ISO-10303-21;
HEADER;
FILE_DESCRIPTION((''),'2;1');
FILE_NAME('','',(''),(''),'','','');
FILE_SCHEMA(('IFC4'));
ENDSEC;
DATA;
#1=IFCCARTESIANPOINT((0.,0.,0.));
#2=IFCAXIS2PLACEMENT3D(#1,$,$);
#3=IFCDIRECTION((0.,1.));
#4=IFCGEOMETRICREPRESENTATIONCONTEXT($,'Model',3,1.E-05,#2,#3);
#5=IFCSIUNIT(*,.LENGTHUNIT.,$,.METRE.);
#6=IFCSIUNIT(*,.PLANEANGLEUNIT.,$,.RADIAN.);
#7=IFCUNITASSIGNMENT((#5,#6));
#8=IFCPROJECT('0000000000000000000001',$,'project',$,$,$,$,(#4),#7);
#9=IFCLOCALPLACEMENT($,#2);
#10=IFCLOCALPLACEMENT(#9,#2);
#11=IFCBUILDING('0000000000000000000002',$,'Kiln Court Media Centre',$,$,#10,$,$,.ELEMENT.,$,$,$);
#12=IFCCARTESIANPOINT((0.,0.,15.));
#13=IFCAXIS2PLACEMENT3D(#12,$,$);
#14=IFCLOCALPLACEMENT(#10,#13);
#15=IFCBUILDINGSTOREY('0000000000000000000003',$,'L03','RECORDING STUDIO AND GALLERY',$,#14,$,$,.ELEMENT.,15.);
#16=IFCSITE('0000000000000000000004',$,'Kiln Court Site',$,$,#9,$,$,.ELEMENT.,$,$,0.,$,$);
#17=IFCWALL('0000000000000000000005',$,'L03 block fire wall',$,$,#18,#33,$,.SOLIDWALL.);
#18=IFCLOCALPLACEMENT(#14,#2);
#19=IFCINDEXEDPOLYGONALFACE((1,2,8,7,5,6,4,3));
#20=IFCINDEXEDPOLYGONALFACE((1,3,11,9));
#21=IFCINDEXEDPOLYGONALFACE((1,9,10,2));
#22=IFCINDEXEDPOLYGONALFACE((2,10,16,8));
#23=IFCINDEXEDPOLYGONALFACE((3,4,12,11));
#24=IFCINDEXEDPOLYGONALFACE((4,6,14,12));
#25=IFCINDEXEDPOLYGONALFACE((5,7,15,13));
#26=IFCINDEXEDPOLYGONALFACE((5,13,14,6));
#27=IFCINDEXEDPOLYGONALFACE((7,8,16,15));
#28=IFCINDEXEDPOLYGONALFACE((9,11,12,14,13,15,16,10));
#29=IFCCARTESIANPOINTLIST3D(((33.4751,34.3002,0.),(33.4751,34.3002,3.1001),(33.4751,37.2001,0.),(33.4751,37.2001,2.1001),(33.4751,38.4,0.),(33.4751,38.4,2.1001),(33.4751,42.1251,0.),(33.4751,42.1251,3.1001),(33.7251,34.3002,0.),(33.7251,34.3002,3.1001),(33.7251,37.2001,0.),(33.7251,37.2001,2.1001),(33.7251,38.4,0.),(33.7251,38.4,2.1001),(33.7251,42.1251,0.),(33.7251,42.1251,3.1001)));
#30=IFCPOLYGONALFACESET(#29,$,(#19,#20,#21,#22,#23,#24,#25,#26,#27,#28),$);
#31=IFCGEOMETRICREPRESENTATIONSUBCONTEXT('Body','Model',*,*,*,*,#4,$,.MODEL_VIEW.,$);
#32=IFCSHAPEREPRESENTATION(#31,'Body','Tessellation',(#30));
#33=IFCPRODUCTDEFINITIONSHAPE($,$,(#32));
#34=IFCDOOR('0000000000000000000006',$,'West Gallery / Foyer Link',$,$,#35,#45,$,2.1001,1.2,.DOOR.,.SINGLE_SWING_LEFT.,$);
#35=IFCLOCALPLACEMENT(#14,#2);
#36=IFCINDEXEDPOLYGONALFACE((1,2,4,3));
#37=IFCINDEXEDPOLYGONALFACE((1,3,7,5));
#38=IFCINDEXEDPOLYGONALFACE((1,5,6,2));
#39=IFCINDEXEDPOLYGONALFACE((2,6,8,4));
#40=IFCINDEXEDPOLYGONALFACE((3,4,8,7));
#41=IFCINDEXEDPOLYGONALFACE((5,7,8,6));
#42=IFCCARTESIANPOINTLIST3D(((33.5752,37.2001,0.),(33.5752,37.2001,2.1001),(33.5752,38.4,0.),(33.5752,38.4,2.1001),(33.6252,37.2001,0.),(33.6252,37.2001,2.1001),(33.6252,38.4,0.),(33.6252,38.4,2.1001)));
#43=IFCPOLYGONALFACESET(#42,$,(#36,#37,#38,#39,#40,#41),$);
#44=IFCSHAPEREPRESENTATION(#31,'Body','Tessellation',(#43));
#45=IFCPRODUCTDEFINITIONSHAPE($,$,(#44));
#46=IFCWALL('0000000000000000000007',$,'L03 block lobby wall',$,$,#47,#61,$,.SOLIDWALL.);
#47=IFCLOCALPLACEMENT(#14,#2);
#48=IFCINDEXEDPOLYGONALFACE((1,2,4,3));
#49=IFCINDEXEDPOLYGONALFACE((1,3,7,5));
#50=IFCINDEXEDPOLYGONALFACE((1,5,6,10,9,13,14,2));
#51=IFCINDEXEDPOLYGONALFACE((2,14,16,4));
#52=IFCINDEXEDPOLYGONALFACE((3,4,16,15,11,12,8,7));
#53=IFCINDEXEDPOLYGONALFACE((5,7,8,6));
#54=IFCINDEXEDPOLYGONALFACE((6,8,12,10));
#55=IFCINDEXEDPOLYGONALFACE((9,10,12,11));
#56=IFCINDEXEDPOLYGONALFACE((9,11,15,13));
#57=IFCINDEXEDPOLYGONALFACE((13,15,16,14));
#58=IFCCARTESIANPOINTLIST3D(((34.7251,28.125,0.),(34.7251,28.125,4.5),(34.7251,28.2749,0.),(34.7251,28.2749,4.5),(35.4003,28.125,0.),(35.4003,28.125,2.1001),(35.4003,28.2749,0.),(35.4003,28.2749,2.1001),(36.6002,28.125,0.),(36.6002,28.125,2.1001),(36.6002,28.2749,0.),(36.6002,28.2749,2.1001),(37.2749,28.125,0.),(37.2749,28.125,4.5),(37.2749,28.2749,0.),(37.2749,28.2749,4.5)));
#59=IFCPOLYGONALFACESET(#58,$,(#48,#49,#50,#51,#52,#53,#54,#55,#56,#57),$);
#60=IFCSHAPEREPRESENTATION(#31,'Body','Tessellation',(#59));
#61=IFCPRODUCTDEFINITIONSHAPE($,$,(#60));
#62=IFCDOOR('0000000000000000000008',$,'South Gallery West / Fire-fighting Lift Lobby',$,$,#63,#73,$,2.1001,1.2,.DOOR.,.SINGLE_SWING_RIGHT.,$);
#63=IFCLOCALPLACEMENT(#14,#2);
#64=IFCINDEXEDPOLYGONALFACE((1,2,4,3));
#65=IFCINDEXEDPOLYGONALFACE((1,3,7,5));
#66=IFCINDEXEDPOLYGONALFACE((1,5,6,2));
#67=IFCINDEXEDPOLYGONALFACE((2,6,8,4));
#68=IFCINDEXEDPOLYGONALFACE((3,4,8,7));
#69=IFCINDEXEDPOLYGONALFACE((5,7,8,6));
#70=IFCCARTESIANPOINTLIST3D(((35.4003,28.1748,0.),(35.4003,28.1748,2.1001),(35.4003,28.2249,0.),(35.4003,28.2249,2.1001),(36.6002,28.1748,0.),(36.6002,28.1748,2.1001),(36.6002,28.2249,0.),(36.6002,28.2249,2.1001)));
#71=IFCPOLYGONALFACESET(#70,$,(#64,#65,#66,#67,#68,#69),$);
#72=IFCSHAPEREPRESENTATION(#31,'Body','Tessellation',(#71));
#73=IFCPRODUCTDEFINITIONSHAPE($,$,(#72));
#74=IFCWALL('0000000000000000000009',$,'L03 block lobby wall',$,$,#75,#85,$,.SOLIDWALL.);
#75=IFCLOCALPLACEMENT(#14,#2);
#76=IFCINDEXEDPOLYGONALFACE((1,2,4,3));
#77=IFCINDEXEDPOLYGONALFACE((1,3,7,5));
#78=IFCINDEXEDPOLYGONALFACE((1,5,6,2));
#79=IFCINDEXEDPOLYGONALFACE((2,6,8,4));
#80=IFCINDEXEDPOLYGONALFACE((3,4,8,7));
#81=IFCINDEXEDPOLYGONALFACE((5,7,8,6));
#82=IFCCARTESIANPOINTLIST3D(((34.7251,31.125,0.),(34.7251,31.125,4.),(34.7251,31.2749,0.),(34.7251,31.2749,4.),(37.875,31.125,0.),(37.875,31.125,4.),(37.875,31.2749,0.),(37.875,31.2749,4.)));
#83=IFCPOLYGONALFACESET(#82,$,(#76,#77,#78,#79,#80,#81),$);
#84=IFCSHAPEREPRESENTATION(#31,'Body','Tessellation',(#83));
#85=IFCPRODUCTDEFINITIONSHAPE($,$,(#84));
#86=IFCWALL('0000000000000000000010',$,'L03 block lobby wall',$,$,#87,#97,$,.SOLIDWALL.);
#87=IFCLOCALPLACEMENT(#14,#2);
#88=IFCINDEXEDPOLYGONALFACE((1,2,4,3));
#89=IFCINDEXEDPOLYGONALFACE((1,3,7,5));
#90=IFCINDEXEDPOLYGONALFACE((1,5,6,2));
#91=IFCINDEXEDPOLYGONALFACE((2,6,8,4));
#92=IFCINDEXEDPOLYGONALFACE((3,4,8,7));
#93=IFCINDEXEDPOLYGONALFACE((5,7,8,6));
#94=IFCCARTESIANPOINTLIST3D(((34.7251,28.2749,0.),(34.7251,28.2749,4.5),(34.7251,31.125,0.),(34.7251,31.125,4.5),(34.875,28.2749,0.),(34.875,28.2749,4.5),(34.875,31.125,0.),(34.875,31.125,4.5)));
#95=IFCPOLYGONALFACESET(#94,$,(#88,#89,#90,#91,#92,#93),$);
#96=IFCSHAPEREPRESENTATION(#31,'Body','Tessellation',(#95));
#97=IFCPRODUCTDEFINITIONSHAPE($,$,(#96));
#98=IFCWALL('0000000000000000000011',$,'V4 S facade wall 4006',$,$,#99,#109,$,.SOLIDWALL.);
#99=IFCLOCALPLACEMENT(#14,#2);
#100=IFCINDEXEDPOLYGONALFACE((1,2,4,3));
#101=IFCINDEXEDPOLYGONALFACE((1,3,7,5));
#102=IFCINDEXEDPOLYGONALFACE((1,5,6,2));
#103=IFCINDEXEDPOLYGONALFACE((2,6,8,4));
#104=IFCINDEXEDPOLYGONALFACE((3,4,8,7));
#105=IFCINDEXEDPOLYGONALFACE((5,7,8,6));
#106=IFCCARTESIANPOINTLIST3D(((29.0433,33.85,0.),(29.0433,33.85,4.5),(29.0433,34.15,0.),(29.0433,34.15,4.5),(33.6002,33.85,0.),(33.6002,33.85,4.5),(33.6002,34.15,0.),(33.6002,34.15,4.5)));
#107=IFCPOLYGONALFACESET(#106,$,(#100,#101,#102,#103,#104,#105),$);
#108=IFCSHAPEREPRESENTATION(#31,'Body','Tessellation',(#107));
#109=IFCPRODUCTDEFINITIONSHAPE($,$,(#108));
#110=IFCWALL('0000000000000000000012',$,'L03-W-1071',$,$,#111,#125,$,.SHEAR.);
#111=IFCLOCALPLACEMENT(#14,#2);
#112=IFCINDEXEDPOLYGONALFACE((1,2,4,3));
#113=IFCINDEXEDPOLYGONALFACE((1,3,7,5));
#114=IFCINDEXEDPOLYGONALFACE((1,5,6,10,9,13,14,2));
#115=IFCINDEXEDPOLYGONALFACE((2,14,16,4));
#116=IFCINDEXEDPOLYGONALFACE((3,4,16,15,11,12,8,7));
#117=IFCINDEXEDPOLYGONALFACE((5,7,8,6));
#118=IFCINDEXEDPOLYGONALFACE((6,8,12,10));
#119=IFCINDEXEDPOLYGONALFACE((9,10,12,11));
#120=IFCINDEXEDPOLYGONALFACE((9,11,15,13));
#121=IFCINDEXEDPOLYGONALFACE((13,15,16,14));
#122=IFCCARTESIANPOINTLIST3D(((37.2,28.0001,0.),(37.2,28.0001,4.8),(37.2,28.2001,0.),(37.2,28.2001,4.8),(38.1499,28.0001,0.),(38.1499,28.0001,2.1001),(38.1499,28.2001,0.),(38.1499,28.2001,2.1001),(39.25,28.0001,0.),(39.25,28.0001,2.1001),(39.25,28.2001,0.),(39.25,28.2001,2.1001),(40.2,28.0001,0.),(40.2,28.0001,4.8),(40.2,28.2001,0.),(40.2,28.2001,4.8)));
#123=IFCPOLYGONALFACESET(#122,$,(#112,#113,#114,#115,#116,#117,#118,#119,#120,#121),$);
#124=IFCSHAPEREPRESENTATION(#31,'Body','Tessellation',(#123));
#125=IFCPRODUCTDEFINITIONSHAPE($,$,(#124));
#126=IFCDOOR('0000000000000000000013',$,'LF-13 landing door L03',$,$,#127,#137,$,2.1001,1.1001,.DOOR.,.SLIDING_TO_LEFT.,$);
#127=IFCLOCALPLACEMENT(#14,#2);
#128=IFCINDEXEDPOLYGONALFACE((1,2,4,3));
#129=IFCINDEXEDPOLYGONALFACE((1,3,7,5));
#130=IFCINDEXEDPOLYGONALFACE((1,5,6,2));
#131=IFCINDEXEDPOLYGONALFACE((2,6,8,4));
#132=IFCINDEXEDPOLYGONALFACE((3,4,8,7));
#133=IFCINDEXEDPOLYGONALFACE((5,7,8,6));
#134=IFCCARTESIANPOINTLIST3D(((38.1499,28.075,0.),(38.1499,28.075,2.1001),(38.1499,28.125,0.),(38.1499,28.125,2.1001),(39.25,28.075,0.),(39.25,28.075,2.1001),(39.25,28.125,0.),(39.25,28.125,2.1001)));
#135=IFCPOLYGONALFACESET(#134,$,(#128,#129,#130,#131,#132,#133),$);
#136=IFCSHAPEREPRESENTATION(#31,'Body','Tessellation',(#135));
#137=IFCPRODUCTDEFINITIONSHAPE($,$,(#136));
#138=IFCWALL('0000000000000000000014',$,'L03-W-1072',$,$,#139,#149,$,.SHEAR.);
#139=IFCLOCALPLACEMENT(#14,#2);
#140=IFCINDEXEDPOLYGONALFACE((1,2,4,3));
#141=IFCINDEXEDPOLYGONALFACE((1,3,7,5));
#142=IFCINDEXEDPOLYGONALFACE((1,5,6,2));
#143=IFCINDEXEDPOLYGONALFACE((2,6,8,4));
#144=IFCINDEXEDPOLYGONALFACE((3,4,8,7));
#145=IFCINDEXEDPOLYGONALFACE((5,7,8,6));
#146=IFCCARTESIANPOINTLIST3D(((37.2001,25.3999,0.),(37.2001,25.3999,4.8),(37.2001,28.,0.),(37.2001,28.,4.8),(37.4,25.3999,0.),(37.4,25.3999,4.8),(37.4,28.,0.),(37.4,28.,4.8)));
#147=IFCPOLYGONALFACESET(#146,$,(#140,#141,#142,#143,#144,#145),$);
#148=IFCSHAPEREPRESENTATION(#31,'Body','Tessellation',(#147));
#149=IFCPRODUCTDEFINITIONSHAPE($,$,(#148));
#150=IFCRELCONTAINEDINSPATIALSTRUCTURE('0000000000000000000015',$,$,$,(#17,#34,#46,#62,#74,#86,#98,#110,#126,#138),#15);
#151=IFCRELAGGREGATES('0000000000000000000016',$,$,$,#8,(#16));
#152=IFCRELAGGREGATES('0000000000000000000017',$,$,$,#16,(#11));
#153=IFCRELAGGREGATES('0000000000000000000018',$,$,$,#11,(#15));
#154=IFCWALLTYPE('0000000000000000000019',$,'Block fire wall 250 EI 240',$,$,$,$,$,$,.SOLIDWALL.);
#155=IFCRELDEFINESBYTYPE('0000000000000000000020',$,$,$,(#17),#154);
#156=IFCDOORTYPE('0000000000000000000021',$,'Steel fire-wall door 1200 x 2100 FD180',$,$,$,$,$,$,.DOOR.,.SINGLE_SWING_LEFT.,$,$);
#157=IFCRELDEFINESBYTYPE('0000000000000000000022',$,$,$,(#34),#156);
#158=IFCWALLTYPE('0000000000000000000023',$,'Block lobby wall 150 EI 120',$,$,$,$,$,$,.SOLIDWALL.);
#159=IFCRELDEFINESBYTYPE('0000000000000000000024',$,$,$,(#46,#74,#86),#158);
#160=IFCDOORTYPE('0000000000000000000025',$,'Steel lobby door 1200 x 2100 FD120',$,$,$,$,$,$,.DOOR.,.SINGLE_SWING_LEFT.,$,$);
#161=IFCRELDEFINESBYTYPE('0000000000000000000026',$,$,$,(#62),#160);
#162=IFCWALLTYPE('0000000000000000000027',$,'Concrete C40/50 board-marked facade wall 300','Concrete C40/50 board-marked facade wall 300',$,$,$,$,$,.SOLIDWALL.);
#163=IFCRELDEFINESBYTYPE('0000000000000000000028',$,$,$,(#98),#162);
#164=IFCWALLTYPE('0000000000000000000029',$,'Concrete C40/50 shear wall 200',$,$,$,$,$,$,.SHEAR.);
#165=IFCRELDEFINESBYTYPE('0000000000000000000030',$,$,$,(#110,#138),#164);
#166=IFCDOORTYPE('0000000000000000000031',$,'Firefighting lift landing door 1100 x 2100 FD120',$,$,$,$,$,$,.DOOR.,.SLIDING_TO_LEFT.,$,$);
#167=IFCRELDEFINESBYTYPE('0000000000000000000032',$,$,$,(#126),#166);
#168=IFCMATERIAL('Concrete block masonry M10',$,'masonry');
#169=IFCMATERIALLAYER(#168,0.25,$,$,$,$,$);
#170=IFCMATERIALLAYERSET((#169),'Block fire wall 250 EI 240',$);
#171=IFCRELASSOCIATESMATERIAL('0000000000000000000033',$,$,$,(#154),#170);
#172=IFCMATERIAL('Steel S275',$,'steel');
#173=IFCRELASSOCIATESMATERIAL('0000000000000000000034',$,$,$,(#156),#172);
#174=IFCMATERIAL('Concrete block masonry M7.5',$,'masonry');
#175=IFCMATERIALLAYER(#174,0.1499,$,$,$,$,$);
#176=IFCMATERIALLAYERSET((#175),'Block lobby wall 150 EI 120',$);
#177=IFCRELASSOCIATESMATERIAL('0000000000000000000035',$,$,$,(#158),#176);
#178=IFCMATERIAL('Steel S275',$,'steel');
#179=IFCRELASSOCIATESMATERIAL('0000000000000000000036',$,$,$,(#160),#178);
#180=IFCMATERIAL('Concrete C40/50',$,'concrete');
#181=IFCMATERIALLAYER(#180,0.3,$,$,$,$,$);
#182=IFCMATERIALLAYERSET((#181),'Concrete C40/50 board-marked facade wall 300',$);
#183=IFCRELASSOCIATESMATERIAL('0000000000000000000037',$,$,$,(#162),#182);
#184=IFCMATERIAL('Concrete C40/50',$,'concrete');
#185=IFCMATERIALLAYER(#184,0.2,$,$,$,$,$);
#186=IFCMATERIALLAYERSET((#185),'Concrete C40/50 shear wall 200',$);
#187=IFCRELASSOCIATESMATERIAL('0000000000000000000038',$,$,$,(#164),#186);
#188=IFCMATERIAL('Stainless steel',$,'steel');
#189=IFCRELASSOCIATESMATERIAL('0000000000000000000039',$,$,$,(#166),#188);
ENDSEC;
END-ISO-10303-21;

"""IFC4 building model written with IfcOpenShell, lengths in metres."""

from ifc_helpers import new_model, si_unit, direction, frame, frame_2d, origin, place, context, subcontext, project, spatial, rectangle, extrude, material, layer, layer_set, type_object, element, fill, save


model = new_model("IFC4")

# Units and contexts
model_context = context("Model", 3, precision=1e-05, world=origin(), true_north=direction((0.0, 1.0)))
body_context = subcontext(model_context, "Body", "Model", "MODEL_VIEW")
ifc_project = project(units=[si_unit("LENGTHUNIT", "METRE"), si_unit("PLANEANGLEUNIT", "RADIAN")], contexts=[model_context])

# Site, building, storey
site_placement = place(None, origin())
site = spatial("IfcSite", under=ifc_project, at=site_placement, Name="Kiln Court Site", CompositionType="ELEMENT", RefElevation=0.0)
building_placement = place(site_placement, origin())
building = spatial("IfcBuilding", under=site, at=building_placement, Name="Kiln Court Media Centre", CompositionType="ELEMENT")
storey_placement = place(building_placement, frame((0.0, 0.0, 15.0)))
storey = spatial("IfcBuildingStorey", under=building, at=storey_placement, Name="L03", Description="RECORDING STUDIO AND GALLERY", CompositionType="ELEMENT", Elevation=15.0)

# Walls, openings, doors
ifc_material_1 = material(Name="Concrete block masonry M10", Category="masonry")
ifc_layer_1 = layer(ifc_material_1, 0.25)
ifc_layer_set_1 = layer_set([ifc_layer_1], Name="Block fire wall 250 EI 240")
wall_type_1 = type_object("IfcWallType", Name="Block fire wall 250 EI 240", PredefinedType="SOLIDWALL", material=ifc_layer_set_1)
wall_1_placement = place(storey_placement, frame((33.6001, 34.3, 0.0), z_axis=(0.0, 0.0, 1.0), x_axis=(0.0, 1.0, 0.0)))
wall_1 = element("IfcWall", 1, at=wall_1_placement, inside=storey, type_object=wall_type_1, Name="L03 block fire wall", PredefinedType="SOLIDWALL", context=body_context, shape_type="SweptSolid", body=[
    extrude(rectangle(XDim=7.825, YDim=0.25, at=frame_2d((3.9126, 0.0))), origin(), (0.0, 0.0, 1.0), 3.1001),
])
opening_1_placement = place(wall_1_placement, frame((2.8999, 0.0, 0.0)))
opening_1 = element("IfcOpeningElement", 2, at=opening_1_placement, cuts=wall_1, PredefinedType="OPENING", context=body_context, shape_type="SweptSolid", body=[
    extrude(rectangle(XDim=1.2, YDim=2.1001, at=frame_2d((0.6001, 1.05))), frame((0.0, 0.135, 0.0), z_axis=(0.0, -1.0, 0.0), x_axis=(1.0, 0.0, 0.0)), (0.0, 0.0, 1.0), 0.27),
])
ifc_material_2 = material(Name="Steel S275", Category="steel")
door_type_1 = type_object("IfcDoorType", Name="Steel fire-wall door 1200 x 2100 FD180", OperationType="SINGLE_SWING_LEFT", PredefinedType="DOOR", material=ifc_material_2)
door_1_placement = place(opening_1_placement, origin())
door_1 = element("IfcDoor", 3, at=door_1_placement, inside=storey, type_object=door_type_1, Name="West Gallery / Foyer Link", OperationType="SINGLE_SWING_LEFT", OverallHeight=2.1001, OverallWidth=1.2, PredefinedType="DOOR", context=body_context, shape_type="SweptSolid", body=[
    extrude(rectangle(XDim=1.2, YDim=2.1001, at=frame_2d((0.6001, 1.05))), frame((0.0, 0.0249, 0.0), z_axis=(0.0, -1.0, 0.0), x_axis=(1.0, 0.0, 0.0)), (0.0, 0.0, 1.0), 0.05),
])
fill(opening_1, door_1)
ifc_material_3 = material(Name="Concrete block masonry M7.5", Category="masonry")
ifc_layer_2 = layer(ifc_material_3, 0.1499)
ifc_layer_set_2 = layer_set([ifc_layer_2], Name="Block lobby wall 150 EI 120")
wall_type_2 = type_object("IfcWallType", Name="Block lobby wall 150 EI 120", PredefinedType="SOLIDWALL", material=ifc_layer_set_2)
wall_2_placement = place(storey_placement, frame((34.7251, 28.2, 0.0), z_axis=(0.0, 0.0, 1.0), x_axis=(1.0, 0.0, 0.0)))
wall_2 = element("IfcWall", 4, at=wall_2_placement, inside=storey, type_object=wall_type_2, Name="L03 block lobby wall", PredefinedType="SOLIDWALL", context=body_context, shape_type="SweptSolid", body=[
    extrude(rectangle(XDim=2.5498, YDim=0.1499, at=frame_2d((1.2749, 0.0))), origin(), (0.0, 0.0, 1.0), 4.5),
])
opening_2_placement = place(wall_2_placement, frame((0.675, 0.0, 0.0)))
opening_2 = element("IfcOpeningElement", 5, at=opening_2_placement, cuts=wall_2, PredefinedType="OPENING", context=body_context, shape_type="SweptSolid", body=[
    extrude(rectangle(XDim=1.2, YDim=2.1001, at=frame_2d((0.6001, 1.05))), frame((0.0, 0.085, 0.0), z_axis=(0.0, -1.0, 0.0), x_axis=(1.0, 0.0, 0.0)), (0.0, 0.0, 1.0), 0.1699),
])
ifc_material_4 = material(Name="Steel S275", Category="steel")
door_type_2 = type_object("IfcDoorType", Name="Steel lobby door 1200 x 2100 FD120", OperationType="SINGLE_SWING_LEFT", PredefinedType="DOOR", material=ifc_material_4)
door_2_placement = place(opening_2_placement, origin())
door_2 = element("IfcDoor", 6, at=door_2_placement, inside=storey, type_object=door_type_2, Name="South Gallery West / Fire-fighting Lift Lobby", OperationType="SINGLE_SWING_RIGHT", OverallHeight=2.1001, OverallWidth=1.2, PredefinedType="DOOR", context=body_context, shape_type="SweptSolid", body=[
    extrude(rectangle(XDim=1.2, YDim=2.1001, at=frame_2d((0.6001, 1.05))), frame((0.0, 0.0249, 0.0), z_axis=(0.0, -1.0, 0.0), x_axis=(1.0, 0.0, 0.0)), (0.0, 0.0, 1.0), 0.05),
])
fill(opening_2, door_2)

# Walls
wall_3_placement = place(storey_placement, frame((34.7251, 31.2, 0.0), z_axis=(0.0, 0.0, 1.0), x_axis=(1.0, 0.0, 0.0)))
element("IfcWall", 7, at=wall_3_placement, inside=storey, type_object=wall_type_2, Name="L03 block lobby wall", PredefinedType="SOLIDWALL", context=body_context, shape_type="SweptSolid", body=[
    extrude(rectangle(XDim=3.1499, YDim=0.1499, at=frame_2d((1.575, 0.0))), origin(), (0.0, 0.0, 1.0), 4.0),
])
wall_4_placement = place(storey_placement, frame((34.8, 28.2749, 0.0), z_axis=(0.0, 0.0, 1.0), x_axis=(0.0, 1.0, 0.0)))
element("IfcWall", 8, at=wall_4_placement, inside=storey, type_object=wall_type_2, Name="L03 block lobby wall", PredefinedType="SOLIDWALL", context=body_context, shape_type="SweptSolid", body=[
    extrude(rectangle(XDim=2.8501, YDim=0.1499, at=frame_2d((1.425, 0.0))), origin(), (0.0, 0.0, 1.0), 4.5),
])
ifc_material_5 = material(Name="Concrete C40/50", Category="concrete")
ifc_layer_3 = layer(ifc_material_5, 0.3)
ifc_layer_set_3 = layer_set([ifc_layer_3], Name="Concrete C40/50 board-marked facade wall 300")
wall_type_3 = type_object("IfcWallType", Name="Concrete C40/50 board-marked facade wall 300", Description="Concrete C40/50 board-marked facade wall 300", PredefinedType="SOLIDWALL", material=ifc_layer_set_3)
wall_5_placement = place(storey_placement, frame((33.6001, 34.0, 0.0), z_axis=(0.0, 0.0, 1.0), x_axis=(-1.0, 0.0, 0.0)))
element("IfcWall", 9, at=wall_5_placement, inside=storey, type_object=wall_type_3, Name="V4 S facade wall 4006", PredefinedType="SOLIDWALL", context=body_context, shape_type="SweptSolid", body=[
    extrude(rectangle(XDim=4.5569, YDim=0.3, at=frame_2d((2.2783, 0.0))), origin(), (0.0, 0.0, 1.0), 4.5),
])

# Wall, opening, door
ifc_material_6 = material(Name="Concrete C40/50", Category="concrete")
ifc_layer_4 = layer(ifc_material_6, 0.2)
ifc_layer_set_4 = layer_set([ifc_layer_4], Name="Concrete C40/50 shear wall 200")
wall_type_4 = type_object("IfcWallType", Name="Concrete C40/50 shear wall 200", PredefinedType="SHEAR", material=ifc_layer_set_4)
wall_6_placement = place(storey_placement, frame((37.2, 28.1001, 0.0), z_axis=(0.0, 0.0, 1.0), x_axis=(1.0, 0.0, 0.0)))
wall_6 = element("IfcWall", 10, at=wall_6_placement, inside=storey, type_object=wall_type_4, Name="L03-W-1071", PredefinedType="SHEAR", context=body_context, shape_type="SweptSolid", body=[
    extrude(rectangle(XDim=3.0, YDim=0.2, at=frame_2d((1.5, 0.0))), origin(), (0.0, 0.0, 1.0), 4.8),
])
opening_3_placement = place(wall_6_placement, frame((0.95, 0.0, 0.0)))
opening_3 = element("IfcOpeningElement", 11, at=opening_3_placement, cuts=wall_6, PredefinedType="OPENING", context=body_context, shape_type="SweptSolid", body=[
    extrude(rectangle(XDim=1.1001, YDim=2.1001, at=frame_2d((0.55, 1.05))), frame((0.0, 0.1099, 0.0), z_axis=(0.0, -1.0, 0.0), x_axis=(1.0, 0.0, 0.0)), (0.0, 0.0, 1.0), 0.22),
])
ifc_material_7 = material(Name="Stainless steel", Category="steel")
door_type_3 = type_object("IfcDoorType", Name="Firefighting lift landing door 1100 x 2100 FD120", OperationType="SLIDING_TO_LEFT", PredefinedType="DOOR", material=ifc_material_7)
door_3_placement = place(opening_3_placement, origin())
door_3 = element("IfcDoor", 12, at=door_3_placement, inside=storey, type_object=door_type_3, Name="LF-13 landing door L03", OperationType="SLIDING_TO_LEFT", OverallHeight=2.1001, OverallWidth=1.1001, PredefinedType="DOOR", context=body_context, shape_type="SweptSolid", body=[
    extrude(rectangle(XDim=1.1001, YDim=2.1001, at=frame_2d((0.55, 1.05))), frame((0.0, 0.0249, 0.0), z_axis=(0.0, -1.0, 0.0), x_axis=(1.0, 0.0, 0.0)), (0.0, 0.0, 1.0), 0.05),
])
fill(opening_3, door_3)

# Wall
wall_7_placement = place(storey_placement, frame((37.3, 25.3999, 0.0), z_axis=(0.0, 0.0, 1.0), x_axis=(0.0, 1.0, 0.0)))
element("IfcWall", 13, at=wall_7_placement, inside=storey, type_object=wall_type_4, Name="L03-W-1072", PredefinedType="SHEAR", context=body_context, shape_type="SweptSolid", body=[
    extrude(rectangle(XDim=2.6001, YDim=0.2, at=frame_2d((1.3, 0.0))), origin(), (0.0, 0.0, 1.0), 4.8),
])

save(model, "model.ifc")
